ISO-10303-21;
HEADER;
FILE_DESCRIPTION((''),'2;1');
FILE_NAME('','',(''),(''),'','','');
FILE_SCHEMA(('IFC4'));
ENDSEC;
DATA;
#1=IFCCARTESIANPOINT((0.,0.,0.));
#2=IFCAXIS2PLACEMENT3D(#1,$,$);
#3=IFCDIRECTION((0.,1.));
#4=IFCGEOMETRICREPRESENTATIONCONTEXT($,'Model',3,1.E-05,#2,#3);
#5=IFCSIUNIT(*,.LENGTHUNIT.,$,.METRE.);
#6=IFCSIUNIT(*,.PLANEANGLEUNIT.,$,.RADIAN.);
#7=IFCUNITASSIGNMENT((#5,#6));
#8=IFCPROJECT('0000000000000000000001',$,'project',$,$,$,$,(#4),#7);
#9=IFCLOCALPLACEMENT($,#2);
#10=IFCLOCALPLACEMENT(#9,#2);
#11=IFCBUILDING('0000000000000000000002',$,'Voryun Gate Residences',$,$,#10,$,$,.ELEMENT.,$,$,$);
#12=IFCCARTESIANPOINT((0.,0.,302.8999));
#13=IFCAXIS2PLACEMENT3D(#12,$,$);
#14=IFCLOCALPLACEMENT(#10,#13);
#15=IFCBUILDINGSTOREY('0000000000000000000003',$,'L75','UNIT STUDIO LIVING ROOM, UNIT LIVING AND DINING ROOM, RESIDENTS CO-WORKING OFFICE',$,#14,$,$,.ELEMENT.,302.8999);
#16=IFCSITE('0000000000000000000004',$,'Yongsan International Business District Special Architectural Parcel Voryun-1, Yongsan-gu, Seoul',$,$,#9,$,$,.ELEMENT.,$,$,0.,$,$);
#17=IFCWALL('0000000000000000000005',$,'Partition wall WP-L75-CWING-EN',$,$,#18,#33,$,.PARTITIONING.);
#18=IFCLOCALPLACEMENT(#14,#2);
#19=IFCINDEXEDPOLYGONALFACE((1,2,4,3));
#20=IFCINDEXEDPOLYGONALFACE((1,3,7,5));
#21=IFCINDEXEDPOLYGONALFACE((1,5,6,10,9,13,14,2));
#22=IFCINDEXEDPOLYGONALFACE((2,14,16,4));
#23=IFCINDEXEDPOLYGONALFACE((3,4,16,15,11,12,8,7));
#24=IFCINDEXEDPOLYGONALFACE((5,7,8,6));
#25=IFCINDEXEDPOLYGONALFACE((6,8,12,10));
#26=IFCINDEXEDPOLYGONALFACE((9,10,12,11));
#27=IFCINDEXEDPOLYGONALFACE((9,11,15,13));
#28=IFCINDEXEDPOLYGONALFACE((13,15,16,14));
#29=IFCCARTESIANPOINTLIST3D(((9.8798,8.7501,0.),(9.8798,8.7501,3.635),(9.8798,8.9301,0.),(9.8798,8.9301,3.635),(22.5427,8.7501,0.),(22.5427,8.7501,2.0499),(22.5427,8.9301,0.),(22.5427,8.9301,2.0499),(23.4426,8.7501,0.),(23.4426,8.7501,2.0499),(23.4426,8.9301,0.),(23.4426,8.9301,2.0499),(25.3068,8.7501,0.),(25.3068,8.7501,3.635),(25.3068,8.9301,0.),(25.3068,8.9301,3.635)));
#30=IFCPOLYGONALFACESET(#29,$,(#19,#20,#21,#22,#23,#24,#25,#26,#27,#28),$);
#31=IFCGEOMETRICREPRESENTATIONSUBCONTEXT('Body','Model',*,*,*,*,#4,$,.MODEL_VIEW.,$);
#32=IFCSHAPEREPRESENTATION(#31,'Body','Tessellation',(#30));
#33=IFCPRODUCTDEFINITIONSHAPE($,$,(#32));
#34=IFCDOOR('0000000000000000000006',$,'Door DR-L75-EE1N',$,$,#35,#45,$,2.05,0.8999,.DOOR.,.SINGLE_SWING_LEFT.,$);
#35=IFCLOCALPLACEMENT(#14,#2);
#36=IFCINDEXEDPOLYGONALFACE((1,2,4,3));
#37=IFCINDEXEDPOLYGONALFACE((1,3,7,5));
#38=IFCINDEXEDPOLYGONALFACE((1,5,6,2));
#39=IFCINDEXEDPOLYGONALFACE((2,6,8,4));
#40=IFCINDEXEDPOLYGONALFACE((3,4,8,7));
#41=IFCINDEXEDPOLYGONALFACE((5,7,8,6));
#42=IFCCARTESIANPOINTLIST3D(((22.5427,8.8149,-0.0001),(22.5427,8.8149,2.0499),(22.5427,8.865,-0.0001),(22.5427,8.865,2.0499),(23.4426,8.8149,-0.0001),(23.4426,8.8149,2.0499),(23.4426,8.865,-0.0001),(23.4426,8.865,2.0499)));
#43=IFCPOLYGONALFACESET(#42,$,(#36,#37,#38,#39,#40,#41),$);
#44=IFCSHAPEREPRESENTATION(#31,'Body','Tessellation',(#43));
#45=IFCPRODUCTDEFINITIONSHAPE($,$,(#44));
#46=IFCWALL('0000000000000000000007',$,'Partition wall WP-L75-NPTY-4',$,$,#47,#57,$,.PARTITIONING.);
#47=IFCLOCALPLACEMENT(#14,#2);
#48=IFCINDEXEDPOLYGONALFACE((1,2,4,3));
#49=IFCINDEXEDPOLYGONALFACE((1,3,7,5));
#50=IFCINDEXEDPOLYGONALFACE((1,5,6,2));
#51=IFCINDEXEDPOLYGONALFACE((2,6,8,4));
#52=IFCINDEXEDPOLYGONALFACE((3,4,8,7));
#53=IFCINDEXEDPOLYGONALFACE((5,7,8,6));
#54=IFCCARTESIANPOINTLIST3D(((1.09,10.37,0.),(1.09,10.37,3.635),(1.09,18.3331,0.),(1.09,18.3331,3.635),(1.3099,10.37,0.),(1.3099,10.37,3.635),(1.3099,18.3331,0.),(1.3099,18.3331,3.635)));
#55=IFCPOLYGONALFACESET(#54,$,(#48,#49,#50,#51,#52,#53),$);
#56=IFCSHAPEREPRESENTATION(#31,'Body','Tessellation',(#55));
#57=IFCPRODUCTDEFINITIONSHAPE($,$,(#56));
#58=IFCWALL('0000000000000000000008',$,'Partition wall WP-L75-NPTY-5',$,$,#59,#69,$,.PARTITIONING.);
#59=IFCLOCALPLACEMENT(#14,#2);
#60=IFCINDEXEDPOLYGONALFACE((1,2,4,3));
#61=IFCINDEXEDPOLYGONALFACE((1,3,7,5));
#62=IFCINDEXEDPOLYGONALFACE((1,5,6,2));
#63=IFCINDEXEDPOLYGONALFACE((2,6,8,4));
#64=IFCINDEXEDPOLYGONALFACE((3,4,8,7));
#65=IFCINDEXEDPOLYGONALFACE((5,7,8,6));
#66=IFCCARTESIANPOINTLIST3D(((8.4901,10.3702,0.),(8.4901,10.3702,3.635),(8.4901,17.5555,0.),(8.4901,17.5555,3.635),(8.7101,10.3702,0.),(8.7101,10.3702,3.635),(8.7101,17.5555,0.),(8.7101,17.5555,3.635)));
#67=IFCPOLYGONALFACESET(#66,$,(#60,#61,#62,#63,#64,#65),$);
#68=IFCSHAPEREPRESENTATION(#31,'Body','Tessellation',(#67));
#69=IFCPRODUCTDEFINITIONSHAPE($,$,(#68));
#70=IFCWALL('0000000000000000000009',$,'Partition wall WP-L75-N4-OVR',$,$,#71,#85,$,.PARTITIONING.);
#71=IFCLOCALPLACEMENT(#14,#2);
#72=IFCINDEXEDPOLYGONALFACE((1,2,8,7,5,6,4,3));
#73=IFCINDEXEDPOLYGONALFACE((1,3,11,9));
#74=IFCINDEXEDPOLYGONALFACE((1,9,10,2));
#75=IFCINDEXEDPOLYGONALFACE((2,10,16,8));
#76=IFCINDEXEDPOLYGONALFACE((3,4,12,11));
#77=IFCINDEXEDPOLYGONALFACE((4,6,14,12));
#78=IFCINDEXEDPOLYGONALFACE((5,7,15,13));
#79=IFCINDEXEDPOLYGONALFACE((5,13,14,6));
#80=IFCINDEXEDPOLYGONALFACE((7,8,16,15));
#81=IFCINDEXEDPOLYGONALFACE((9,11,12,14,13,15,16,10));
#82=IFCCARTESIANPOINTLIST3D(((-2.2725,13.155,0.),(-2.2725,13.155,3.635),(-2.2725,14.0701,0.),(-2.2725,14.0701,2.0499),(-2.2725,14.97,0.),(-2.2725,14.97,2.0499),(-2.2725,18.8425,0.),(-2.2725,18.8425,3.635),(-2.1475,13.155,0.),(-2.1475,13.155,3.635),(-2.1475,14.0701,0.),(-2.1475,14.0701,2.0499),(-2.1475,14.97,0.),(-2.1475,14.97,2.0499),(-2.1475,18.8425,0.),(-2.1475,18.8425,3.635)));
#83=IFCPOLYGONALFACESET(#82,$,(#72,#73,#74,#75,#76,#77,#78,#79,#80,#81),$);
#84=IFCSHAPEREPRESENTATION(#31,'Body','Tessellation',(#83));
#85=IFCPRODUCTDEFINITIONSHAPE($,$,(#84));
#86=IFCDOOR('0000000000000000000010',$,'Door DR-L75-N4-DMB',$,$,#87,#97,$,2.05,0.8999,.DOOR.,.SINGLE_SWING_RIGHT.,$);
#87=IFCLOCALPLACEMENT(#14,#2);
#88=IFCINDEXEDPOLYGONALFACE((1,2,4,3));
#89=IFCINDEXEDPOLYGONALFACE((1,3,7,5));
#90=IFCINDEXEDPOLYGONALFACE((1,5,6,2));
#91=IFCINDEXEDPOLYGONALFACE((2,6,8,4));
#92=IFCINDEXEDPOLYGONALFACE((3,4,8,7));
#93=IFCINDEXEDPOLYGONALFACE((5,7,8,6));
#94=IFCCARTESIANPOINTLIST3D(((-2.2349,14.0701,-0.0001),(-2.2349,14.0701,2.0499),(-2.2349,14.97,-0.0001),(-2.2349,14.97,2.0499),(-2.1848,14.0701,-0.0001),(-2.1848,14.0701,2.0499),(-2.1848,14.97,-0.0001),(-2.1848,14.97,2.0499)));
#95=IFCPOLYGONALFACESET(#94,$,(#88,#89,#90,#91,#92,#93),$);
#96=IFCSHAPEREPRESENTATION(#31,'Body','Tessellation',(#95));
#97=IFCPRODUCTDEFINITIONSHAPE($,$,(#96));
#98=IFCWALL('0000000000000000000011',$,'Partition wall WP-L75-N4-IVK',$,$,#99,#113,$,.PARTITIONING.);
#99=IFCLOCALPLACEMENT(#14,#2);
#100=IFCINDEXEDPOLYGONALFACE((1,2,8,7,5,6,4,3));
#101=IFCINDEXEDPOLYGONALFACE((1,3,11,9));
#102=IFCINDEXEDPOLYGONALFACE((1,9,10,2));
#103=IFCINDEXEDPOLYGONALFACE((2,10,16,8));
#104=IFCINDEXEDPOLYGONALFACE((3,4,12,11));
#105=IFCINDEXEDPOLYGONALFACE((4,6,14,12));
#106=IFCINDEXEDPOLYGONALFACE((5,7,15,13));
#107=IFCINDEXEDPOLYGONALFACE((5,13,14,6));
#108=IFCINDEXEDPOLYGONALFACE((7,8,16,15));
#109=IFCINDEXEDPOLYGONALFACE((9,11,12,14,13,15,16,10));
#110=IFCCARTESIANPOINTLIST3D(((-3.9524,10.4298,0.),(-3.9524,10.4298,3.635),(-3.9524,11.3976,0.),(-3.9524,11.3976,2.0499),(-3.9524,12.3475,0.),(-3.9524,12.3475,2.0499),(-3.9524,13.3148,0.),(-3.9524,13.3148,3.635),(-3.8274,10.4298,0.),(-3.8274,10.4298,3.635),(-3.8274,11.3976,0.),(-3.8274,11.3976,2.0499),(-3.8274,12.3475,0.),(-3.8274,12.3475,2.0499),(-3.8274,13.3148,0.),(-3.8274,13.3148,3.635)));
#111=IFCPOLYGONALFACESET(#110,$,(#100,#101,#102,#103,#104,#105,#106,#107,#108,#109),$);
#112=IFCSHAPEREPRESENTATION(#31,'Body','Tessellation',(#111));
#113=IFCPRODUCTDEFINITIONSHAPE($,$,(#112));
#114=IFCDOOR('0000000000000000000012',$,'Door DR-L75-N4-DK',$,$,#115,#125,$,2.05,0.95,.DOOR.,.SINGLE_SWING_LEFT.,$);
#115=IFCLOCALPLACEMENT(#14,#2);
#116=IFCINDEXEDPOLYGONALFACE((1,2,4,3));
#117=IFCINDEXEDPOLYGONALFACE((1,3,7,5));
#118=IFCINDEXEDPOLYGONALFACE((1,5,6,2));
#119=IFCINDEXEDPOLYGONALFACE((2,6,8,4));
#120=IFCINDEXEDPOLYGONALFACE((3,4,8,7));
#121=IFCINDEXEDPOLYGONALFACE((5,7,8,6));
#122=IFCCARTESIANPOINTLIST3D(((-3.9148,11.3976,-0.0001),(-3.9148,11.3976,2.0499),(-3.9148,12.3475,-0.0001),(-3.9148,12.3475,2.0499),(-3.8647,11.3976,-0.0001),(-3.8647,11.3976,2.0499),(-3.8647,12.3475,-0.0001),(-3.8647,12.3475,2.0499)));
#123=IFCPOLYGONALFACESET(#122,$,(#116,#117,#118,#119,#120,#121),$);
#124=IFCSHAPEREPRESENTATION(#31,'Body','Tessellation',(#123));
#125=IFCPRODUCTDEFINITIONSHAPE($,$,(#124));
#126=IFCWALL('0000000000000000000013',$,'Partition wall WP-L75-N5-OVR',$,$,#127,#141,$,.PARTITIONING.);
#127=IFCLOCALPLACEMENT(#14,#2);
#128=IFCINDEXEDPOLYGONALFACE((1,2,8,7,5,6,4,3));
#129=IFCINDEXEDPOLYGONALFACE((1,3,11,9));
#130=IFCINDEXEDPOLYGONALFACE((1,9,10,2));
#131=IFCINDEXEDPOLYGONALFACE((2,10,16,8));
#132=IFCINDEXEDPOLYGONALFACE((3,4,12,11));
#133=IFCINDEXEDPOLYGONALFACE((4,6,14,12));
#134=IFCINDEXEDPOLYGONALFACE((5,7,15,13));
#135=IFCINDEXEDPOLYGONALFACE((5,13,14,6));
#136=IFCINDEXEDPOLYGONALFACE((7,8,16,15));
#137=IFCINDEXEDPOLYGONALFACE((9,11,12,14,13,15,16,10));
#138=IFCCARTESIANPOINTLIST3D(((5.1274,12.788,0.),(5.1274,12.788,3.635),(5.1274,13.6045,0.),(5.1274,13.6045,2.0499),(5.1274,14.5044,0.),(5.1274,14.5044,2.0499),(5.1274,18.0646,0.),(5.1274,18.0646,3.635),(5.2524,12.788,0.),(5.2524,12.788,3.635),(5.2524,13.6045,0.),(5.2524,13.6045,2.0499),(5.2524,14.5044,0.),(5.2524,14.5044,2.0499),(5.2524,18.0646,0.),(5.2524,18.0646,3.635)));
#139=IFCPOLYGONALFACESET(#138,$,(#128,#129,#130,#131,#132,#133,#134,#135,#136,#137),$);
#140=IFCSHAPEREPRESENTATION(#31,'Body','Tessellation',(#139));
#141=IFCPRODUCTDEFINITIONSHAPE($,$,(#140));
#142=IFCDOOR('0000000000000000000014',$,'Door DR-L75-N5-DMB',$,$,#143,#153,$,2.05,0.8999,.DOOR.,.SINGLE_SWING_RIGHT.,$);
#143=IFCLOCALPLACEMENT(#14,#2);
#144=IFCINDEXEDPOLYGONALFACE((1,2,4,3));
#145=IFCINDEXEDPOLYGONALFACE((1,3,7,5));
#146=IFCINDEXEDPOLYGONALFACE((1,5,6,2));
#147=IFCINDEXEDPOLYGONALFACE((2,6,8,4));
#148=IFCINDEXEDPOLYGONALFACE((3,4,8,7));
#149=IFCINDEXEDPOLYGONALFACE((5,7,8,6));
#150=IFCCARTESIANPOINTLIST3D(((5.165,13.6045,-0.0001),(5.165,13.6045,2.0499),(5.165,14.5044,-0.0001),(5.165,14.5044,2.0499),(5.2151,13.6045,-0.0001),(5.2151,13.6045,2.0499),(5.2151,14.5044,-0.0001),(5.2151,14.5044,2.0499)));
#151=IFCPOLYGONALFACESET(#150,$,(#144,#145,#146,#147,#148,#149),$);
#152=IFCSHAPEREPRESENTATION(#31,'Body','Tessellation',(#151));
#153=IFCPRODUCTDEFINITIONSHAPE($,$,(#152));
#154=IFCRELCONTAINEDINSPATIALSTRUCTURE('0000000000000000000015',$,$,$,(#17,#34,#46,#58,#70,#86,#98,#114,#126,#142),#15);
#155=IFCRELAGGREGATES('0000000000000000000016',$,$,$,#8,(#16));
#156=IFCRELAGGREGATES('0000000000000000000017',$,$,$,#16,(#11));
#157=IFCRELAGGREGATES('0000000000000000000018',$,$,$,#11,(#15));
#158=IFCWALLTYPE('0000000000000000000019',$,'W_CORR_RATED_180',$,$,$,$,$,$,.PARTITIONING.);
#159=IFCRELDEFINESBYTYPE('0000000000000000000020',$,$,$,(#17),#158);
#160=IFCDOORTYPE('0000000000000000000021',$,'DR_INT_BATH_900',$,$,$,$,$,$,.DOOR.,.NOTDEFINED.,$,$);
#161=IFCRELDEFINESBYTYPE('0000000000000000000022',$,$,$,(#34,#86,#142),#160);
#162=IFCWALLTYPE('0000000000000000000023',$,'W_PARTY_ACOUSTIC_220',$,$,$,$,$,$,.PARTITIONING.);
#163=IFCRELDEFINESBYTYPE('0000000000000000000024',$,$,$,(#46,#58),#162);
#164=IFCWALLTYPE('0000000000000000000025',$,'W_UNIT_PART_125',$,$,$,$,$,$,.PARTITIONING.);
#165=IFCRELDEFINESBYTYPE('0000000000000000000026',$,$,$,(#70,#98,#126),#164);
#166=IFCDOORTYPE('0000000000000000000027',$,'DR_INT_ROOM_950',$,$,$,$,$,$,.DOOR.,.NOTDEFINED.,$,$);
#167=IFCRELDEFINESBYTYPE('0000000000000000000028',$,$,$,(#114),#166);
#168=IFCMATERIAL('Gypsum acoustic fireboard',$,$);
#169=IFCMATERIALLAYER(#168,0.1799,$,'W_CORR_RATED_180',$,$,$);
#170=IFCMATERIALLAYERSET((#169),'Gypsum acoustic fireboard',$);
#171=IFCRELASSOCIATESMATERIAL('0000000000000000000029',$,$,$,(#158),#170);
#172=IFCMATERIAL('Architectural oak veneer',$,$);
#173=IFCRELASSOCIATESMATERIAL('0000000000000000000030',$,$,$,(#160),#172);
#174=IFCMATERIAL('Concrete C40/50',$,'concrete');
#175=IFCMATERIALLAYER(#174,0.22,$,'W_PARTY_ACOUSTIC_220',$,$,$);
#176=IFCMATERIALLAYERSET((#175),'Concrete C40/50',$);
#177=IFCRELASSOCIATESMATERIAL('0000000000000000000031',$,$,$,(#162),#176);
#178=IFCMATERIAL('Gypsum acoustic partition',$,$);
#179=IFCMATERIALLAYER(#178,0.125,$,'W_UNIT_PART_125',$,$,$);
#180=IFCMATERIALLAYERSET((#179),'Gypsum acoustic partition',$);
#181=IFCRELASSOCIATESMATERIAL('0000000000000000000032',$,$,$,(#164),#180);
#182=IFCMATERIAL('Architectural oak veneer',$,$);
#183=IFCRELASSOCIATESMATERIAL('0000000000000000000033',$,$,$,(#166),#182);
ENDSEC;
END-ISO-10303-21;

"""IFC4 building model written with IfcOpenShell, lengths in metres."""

from ifc_helpers import new_model, si_unit, direction, frame, frame_2d, origin, place, context, subcontext, project, spatial, rectangle, extrude, material, layer, layer_set, type_object, element, fill, save


model = new_model("IFC4")

# Units and contexts
model_context = context("Model", 3, precision=1e-05, world=origin(), true_north=direction((0.0, 1.0)))
body_context = subcontext(model_context, "Body", "Model", "MODEL_VIEW")
ifc_project = project(units=[si_unit("LENGTHUNIT", "METRE"), si_unit("PLANEANGLEUNIT", "RADIAN")], contexts=[model_context])

# Site, building, storey
site_placement = place(None, origin())
site = spatial("IfcSite", under=ifc_project, at=site_placement, Name="Yongsan International Business District Special Architectural Parcel Voryun-1, Yongsan-gu, Seoul", CompositionType="ELEMENT", RefElevation=0.0)
building_placement = place(site_placement, origin())
building = spatial("IfcBuilding", under=site, at=building_placement, Name="Voryun Gate Residences", CompositionType="ELEMENT")
storey_placement = place(building_placement, frame((0.0, 0.0, 302.8999)))
storey = spatial("IfcBuildingStorey", under=building, at=storey_placement, Name="L75", Description="UNIT STUDIO LIVING ROOM, UNIT LIVING AND DINING ROOM, RESIDENTS CO-WORKING OFFICE", CompositionType="ELEMENT", Elevation=302.8999)

# Wall, opening, door
ifc_material_1 = material(Name="Gypsum acoustic fireboard")
ifc_layer_1 = layer(ifc_material_1, 0.1799, Name="W_CORR_RATED_180")
ifc_layer_set_1 = layer_set([ifc_layer_1], Name="Gypsum acoustic fireboard")
wall_type_1 = type_object("IfcWallType", Name="W_CORR_RATED_180", PredefinedType="PARTITIONING", material=ifc_layer_set_1)
wall_1_placement = place(storey_placement, frame((9.8799, 8.8401, 0.0), z_axis=(0.0, 0.0, 1.0), x_axis=(1.0, 0.0, 0.0)))
wall_1 = element("IfcWall", 1, at=wall_1_placement, inside=storey, type_object=wall_type_1, Name="Partition wall WP-L75-CWING-EN", PredefinedType="PARTITIONING", context=body_context, shape_type="SweptSolid", body=[
    extrude(rectangle(XDim=15.427, YDim=0.1799, at=frame_2d((7.7134, 0.0))), origin(), (0.0, 0.0, 1.0), 3.635),
])
opening_1_placement = place(wall_1_placement, frame((12.6628, 0.0, 0.0)))
opening_1 = element("IfcOpeningElement", 2, at=opening_1_placement, cuts=wall_1, PredefinedType="OPENING", context=body_context, shape_type="SweptSolid", body=[
    extrude(rectangle(XDim=0.8999, YDim=2.05, at=frame_2d((0.45, 1.0249))), frame((0.0, 0.0999, 0.0), z_axis=(0.0, -1.0, 0.0), x_axis=(1.0, 0.0, 0.0)), (0.0, 0.0, 1.0), 0.2),
])
ifc_material_2 = material(Name="Architectural oak veneer")
door_type_1 = type_object("IfcDoorType", Name="DR_INT_BATH_900", OperationType="NOTDEFINED", PredefinedType="DOOR", material=ifc_material_2)
door_1_placement = place(opening_1_placement, origin())
door_1 = element("IfcDoor", 3, at=door_1_placement, inside=storey, type_object=door_type_1, Name="Door DR-L75-EE1N", OperationType="SINGLE_SWING_LEFT", OverallHeight=2.05, OverallWidth=0.8999, PredefinedType="DOOR", context=body_context, shape_type="SweptSolid", body=[
    extrude(rectangle(XDim=0.8999, YDim=2.05, at=frame_2d((0.45, 1.0249))), frame((0.0, 0.0249, 0.0), z_axis=(0.0, -1.0, 0.0), x_axis=(1.0, 0.0, 0.0)), (0.0, 0.0, 1.0), 0.05),
])
fill(opening_1, door_1)

# Walls
ifc_material_3 = material(Name="Concrete C40/50", Category="concrete")
ifc_layer_2 = layer(ifc_material_3, 0.22, Name="W_PARTY_ACOUSTIC_220")
ifc_layer_set_2 = layer_set([ifc_layer_2], Name="Concrete C40/50")
wall_type_2 = type_object("IfcWallType", Name="W_PARTY_ACOUSTIC_220", PredefinedType="PARTITIONING", material=ifc_layer_set_2)
wall_2_placement = place(storey_placement, frame((1.2, 10.3701, 0.0), z_axis=(0.0, 0.0, 1.0), x_axis=(0.0, 1.0, 0.0)))
element("IfcWall", 4, at=wall_2_placement, inside=storey, type_object=wall_type_2, Name="Partition wall WP-L75-NPTY-4", PredefinedType="PARTITIONING", context=body_context, shape_type="SweptSolid", body=[
    extrude(rectangle(XDim=7.9631, YDim=0.22, at=frame_2d((3.9814, 0.0))), origin(), (0.0, 0.0, 1.0), 3.635),
])
wall_3_placement = place(storey_placement, frame((8.6001, 10.3701, 0.0), z_axis=(0.0, 0.0, 1.0), x_axis=(0.0, 1.0, 0.0)))
element("IfcWall", 5, at=wall_3_placement, inside=storey, type_object=wall_type_2, Name="Partition wall WP-L75-NPTY-5", PredefinedType="PARTITIONING", context=body_context, shape_type="SweptSolid", body=[
    extrude(rectangle(XDim=7.1853, YDim=0.22, at=frame_2d((3.5928, 0.0))), origin(), (0.0, 0.0, 1.0), 3.635),
])

# Walls, openings, doors
ifc_material_4 = material(Name="Gypsum acoustic partition")
ifc_layer_3 = layer(ifc_material_4, 0.125, Name="W_UNIT_PART_125")
ifc_layer_set_3 = layer_set([ifc_layer_3], Name="Gypsum acoustic partition")
wall_type_3 = type_object("IfcWallType", Name="W_UNIT_PART_125", PredefinedType="PARTITIONING", material=ifc_layer_set_3)
wall_4_placement = place(storey_placement, frame((-2.21, 13.155, 0.0), z_axis=(0.0, 0.0, 1.0), x_axis=(0.0, 1.0, 0.0)))
wall_4 = element("IfcWall", 6, at=wall_4_placement, inside=storey, type_object=wall_type_3, Name="Partition wall WP-L75-N4-OVR", PredefinedType="PARTITIONING", context=body_context, shape_type="SweptSolid", body=[
    extrude(rectangle(XDim=5.6875, YDim=0.125, at=frame_2d((2.8438, 0.0))), origin(), (0.0, 0.0, 1.0), 3.635),
])
opening_2_placement = place(wall_4_placement, frame((0.915, 0.0, 0.0)))
opening_2 = element("IfcOpeningElement", 7, at=opening_2_placement, cuts=wall_4, PredefinedType="OPENING", context=body_context, shape_type="SweptSolid", body=[
    extrude(rectangle(XDim=0.8999, YDim=2.05, at=frame_2d((0.45, 1.0249))), frame((0.0, 0.0725, 0.0), z_axis=(0.0, -1.0, 0.0), x_axis=(1.0, 0.0, 0.0)), (0.0, 0.0, 1.0), 0.145),
])
door_2_placement = place(opening_2_placement, origin())
door_2 = element("IfcDoor", 8, at=door_2_placement, inside=storey, type_object=door_type_1, Name="Door DR-L75-N4-DMB", OperationType="SINGLE_SWING_RIGHT", OverallHeight=2.05, OverallWidth=0.8999, PredefinedType="DOOR", context=body_context, shape_type="SweptSolid", body=[
    extrude(rectangle(XDim=0.8999, YDim=2.05, at=frame_2d((0.45, 1.0249))), frame((0.0, 0.0249, 0.0), z_axis=(0.0, -1.0, 0.0), x_axis=(1.0, 0.0, 0.0)), (0.0, 0.0, 1.0), 0.05),
])
fill(opening_2, door_2)
wall_5_placement = place(storey_placement, frame((-3.8899, 10.4299, 0.0), z_axis=(0.0, 0.0, 1.0), x_axis=(0.0, 1.0, 0.0)))
wall_5 = element("IfcWall", 9, at=wall_5_placement, inside=storey, type_object=wall_type_3, Name="Partition wall WP-L75-N4-IVK", PredefinedType="PARTITIONING", context=body_context, shape_type="SweptSolid", body=[
    extrude(rectangle(XDim=2.885, YDim=0.125, at=frame_2d((1.4424, 0.0))), origin(), (0.0, 0.0, 1.0), 3.635),
])
opening_3_placement = place(wall_5_placement, frame((0.9675, 0.0, 0.0)))
opening_3 = element("IfcOpeningElement", 10, at=opening_3_placement, cuts=wall_5, PredefinedType="OPENING", context=body_context, shape_type="SweptSolid", body=[
    extrude(rectangle(XDim=0.95, YDim=2.05, at=frame_2d((0.4751, 1.0249))), frame((0.0, 0.0725, 0.0), z_axis=(0.0, -1.0, 0.0), x_axis=(1.0, 0.0, 0.0)), (0.0, 0.0, 1.0), 0.145),
])
ifc_material_5 = material(Name="Architectural oak veneer")
door_type_2 = type_object("IfcDoorType", Name="DR_INT_ROOM_950", OperationType="NOTDEFINED", PredefinedType="DOOR", material=ifc_material_5)
door_3_placement = place(opening_3_placement, origin())
door_3 = element("IfcDoor", 11, at=door_3_placement, inside=storey, type_object=door_type_2, Name="Door DR-L75-N4-DK", OperationType="SINGLE_SWING_LEFT", OverallHeight=2.05, OverallWidth=0.95, PredefinedType="DOOR", context=body_context, shape_type="SweptSolid", body=[
    extrude(rectangle(XDim=0.95, YDim=2.05, at=frame_2d((0.4751, 1.0249))), frame((0.0, 0.0249, 0.0), z_axis=(0.0, -1.0, 0.0), x_axis=(1.0, 0.0, 0.0)), (0.0, 0.0, 1.0), 0.05),
])
fill(opening_3, door_3)
wall_6_placement = place(storey_placement, frame((5.1899, 12.7881, 0.0), z_axis=(0.0, 0.0, 1.0), x_axis=(0.0, 1.0, 0.0)))
wall_6 = element("IfcWall", 12, at=wall_6_placement, inside=storey, type_object=wall_type_3, Name="Partition wall WP-L75-N5-OVR", PredefinedType="PARTITIONING", context=body_context, shape_type="SweptSolid", body=[
    extrude(rectangle(XDim=5.2766, YDim=0.125, at=frame_2d((2.6382, 0.0))), origin(), (0.0, 0.0, 1.0), 3.635),
])
opening_4_placement = place(wall_6_placement, frame((0.8164, 0.0, 0.0)))
opening_4 = element("IfcOpeningElement", 13, at=opening_4_placement, cuts=wall_6, PredefinedType="OPENING", context=body_context, shape_type="SweptSolid", body=[
    extrude(rectangle(XDim=0.8999, YDim=2.05, at=frame_2d((0.45, 1.0249))), frame((0.0, 0.0725, 0.0), z_axis=(0.0, -1.0, 0.0), x_axis=(1.0, 0.0, 0.0)), (0.0, 0.0, 1.0), 0.145),
])
door_4_placement = place(opening_4_placement, origin())
door_4 = element("IfcDoor", 14, at=door_4_placement, inside=storey, type_object=door_type_1, Name="Door DR-L75-N5-DMB", OperationType="SINGLE_SWING_RIGHT", OverallHeight=2.05, OverallWidth=0.8999, PredefinedType="DOOR", context=body_context, shape_type="SweptSolid", body=[
    extrude(rectangle(XDim=0.8999, YDim=2.05, at=frame_2d((0.45, 1.0249))), frame((0.0, 0.0249, 0.0), z_axis=(0.0, -1.0, 0.0), x_axis=(1.0, 0.0, 0.0)), (0.0, 0.0, 1.0), 0.05),
])
fill(opening_4, door_4)

save(model, "model.ifc")
